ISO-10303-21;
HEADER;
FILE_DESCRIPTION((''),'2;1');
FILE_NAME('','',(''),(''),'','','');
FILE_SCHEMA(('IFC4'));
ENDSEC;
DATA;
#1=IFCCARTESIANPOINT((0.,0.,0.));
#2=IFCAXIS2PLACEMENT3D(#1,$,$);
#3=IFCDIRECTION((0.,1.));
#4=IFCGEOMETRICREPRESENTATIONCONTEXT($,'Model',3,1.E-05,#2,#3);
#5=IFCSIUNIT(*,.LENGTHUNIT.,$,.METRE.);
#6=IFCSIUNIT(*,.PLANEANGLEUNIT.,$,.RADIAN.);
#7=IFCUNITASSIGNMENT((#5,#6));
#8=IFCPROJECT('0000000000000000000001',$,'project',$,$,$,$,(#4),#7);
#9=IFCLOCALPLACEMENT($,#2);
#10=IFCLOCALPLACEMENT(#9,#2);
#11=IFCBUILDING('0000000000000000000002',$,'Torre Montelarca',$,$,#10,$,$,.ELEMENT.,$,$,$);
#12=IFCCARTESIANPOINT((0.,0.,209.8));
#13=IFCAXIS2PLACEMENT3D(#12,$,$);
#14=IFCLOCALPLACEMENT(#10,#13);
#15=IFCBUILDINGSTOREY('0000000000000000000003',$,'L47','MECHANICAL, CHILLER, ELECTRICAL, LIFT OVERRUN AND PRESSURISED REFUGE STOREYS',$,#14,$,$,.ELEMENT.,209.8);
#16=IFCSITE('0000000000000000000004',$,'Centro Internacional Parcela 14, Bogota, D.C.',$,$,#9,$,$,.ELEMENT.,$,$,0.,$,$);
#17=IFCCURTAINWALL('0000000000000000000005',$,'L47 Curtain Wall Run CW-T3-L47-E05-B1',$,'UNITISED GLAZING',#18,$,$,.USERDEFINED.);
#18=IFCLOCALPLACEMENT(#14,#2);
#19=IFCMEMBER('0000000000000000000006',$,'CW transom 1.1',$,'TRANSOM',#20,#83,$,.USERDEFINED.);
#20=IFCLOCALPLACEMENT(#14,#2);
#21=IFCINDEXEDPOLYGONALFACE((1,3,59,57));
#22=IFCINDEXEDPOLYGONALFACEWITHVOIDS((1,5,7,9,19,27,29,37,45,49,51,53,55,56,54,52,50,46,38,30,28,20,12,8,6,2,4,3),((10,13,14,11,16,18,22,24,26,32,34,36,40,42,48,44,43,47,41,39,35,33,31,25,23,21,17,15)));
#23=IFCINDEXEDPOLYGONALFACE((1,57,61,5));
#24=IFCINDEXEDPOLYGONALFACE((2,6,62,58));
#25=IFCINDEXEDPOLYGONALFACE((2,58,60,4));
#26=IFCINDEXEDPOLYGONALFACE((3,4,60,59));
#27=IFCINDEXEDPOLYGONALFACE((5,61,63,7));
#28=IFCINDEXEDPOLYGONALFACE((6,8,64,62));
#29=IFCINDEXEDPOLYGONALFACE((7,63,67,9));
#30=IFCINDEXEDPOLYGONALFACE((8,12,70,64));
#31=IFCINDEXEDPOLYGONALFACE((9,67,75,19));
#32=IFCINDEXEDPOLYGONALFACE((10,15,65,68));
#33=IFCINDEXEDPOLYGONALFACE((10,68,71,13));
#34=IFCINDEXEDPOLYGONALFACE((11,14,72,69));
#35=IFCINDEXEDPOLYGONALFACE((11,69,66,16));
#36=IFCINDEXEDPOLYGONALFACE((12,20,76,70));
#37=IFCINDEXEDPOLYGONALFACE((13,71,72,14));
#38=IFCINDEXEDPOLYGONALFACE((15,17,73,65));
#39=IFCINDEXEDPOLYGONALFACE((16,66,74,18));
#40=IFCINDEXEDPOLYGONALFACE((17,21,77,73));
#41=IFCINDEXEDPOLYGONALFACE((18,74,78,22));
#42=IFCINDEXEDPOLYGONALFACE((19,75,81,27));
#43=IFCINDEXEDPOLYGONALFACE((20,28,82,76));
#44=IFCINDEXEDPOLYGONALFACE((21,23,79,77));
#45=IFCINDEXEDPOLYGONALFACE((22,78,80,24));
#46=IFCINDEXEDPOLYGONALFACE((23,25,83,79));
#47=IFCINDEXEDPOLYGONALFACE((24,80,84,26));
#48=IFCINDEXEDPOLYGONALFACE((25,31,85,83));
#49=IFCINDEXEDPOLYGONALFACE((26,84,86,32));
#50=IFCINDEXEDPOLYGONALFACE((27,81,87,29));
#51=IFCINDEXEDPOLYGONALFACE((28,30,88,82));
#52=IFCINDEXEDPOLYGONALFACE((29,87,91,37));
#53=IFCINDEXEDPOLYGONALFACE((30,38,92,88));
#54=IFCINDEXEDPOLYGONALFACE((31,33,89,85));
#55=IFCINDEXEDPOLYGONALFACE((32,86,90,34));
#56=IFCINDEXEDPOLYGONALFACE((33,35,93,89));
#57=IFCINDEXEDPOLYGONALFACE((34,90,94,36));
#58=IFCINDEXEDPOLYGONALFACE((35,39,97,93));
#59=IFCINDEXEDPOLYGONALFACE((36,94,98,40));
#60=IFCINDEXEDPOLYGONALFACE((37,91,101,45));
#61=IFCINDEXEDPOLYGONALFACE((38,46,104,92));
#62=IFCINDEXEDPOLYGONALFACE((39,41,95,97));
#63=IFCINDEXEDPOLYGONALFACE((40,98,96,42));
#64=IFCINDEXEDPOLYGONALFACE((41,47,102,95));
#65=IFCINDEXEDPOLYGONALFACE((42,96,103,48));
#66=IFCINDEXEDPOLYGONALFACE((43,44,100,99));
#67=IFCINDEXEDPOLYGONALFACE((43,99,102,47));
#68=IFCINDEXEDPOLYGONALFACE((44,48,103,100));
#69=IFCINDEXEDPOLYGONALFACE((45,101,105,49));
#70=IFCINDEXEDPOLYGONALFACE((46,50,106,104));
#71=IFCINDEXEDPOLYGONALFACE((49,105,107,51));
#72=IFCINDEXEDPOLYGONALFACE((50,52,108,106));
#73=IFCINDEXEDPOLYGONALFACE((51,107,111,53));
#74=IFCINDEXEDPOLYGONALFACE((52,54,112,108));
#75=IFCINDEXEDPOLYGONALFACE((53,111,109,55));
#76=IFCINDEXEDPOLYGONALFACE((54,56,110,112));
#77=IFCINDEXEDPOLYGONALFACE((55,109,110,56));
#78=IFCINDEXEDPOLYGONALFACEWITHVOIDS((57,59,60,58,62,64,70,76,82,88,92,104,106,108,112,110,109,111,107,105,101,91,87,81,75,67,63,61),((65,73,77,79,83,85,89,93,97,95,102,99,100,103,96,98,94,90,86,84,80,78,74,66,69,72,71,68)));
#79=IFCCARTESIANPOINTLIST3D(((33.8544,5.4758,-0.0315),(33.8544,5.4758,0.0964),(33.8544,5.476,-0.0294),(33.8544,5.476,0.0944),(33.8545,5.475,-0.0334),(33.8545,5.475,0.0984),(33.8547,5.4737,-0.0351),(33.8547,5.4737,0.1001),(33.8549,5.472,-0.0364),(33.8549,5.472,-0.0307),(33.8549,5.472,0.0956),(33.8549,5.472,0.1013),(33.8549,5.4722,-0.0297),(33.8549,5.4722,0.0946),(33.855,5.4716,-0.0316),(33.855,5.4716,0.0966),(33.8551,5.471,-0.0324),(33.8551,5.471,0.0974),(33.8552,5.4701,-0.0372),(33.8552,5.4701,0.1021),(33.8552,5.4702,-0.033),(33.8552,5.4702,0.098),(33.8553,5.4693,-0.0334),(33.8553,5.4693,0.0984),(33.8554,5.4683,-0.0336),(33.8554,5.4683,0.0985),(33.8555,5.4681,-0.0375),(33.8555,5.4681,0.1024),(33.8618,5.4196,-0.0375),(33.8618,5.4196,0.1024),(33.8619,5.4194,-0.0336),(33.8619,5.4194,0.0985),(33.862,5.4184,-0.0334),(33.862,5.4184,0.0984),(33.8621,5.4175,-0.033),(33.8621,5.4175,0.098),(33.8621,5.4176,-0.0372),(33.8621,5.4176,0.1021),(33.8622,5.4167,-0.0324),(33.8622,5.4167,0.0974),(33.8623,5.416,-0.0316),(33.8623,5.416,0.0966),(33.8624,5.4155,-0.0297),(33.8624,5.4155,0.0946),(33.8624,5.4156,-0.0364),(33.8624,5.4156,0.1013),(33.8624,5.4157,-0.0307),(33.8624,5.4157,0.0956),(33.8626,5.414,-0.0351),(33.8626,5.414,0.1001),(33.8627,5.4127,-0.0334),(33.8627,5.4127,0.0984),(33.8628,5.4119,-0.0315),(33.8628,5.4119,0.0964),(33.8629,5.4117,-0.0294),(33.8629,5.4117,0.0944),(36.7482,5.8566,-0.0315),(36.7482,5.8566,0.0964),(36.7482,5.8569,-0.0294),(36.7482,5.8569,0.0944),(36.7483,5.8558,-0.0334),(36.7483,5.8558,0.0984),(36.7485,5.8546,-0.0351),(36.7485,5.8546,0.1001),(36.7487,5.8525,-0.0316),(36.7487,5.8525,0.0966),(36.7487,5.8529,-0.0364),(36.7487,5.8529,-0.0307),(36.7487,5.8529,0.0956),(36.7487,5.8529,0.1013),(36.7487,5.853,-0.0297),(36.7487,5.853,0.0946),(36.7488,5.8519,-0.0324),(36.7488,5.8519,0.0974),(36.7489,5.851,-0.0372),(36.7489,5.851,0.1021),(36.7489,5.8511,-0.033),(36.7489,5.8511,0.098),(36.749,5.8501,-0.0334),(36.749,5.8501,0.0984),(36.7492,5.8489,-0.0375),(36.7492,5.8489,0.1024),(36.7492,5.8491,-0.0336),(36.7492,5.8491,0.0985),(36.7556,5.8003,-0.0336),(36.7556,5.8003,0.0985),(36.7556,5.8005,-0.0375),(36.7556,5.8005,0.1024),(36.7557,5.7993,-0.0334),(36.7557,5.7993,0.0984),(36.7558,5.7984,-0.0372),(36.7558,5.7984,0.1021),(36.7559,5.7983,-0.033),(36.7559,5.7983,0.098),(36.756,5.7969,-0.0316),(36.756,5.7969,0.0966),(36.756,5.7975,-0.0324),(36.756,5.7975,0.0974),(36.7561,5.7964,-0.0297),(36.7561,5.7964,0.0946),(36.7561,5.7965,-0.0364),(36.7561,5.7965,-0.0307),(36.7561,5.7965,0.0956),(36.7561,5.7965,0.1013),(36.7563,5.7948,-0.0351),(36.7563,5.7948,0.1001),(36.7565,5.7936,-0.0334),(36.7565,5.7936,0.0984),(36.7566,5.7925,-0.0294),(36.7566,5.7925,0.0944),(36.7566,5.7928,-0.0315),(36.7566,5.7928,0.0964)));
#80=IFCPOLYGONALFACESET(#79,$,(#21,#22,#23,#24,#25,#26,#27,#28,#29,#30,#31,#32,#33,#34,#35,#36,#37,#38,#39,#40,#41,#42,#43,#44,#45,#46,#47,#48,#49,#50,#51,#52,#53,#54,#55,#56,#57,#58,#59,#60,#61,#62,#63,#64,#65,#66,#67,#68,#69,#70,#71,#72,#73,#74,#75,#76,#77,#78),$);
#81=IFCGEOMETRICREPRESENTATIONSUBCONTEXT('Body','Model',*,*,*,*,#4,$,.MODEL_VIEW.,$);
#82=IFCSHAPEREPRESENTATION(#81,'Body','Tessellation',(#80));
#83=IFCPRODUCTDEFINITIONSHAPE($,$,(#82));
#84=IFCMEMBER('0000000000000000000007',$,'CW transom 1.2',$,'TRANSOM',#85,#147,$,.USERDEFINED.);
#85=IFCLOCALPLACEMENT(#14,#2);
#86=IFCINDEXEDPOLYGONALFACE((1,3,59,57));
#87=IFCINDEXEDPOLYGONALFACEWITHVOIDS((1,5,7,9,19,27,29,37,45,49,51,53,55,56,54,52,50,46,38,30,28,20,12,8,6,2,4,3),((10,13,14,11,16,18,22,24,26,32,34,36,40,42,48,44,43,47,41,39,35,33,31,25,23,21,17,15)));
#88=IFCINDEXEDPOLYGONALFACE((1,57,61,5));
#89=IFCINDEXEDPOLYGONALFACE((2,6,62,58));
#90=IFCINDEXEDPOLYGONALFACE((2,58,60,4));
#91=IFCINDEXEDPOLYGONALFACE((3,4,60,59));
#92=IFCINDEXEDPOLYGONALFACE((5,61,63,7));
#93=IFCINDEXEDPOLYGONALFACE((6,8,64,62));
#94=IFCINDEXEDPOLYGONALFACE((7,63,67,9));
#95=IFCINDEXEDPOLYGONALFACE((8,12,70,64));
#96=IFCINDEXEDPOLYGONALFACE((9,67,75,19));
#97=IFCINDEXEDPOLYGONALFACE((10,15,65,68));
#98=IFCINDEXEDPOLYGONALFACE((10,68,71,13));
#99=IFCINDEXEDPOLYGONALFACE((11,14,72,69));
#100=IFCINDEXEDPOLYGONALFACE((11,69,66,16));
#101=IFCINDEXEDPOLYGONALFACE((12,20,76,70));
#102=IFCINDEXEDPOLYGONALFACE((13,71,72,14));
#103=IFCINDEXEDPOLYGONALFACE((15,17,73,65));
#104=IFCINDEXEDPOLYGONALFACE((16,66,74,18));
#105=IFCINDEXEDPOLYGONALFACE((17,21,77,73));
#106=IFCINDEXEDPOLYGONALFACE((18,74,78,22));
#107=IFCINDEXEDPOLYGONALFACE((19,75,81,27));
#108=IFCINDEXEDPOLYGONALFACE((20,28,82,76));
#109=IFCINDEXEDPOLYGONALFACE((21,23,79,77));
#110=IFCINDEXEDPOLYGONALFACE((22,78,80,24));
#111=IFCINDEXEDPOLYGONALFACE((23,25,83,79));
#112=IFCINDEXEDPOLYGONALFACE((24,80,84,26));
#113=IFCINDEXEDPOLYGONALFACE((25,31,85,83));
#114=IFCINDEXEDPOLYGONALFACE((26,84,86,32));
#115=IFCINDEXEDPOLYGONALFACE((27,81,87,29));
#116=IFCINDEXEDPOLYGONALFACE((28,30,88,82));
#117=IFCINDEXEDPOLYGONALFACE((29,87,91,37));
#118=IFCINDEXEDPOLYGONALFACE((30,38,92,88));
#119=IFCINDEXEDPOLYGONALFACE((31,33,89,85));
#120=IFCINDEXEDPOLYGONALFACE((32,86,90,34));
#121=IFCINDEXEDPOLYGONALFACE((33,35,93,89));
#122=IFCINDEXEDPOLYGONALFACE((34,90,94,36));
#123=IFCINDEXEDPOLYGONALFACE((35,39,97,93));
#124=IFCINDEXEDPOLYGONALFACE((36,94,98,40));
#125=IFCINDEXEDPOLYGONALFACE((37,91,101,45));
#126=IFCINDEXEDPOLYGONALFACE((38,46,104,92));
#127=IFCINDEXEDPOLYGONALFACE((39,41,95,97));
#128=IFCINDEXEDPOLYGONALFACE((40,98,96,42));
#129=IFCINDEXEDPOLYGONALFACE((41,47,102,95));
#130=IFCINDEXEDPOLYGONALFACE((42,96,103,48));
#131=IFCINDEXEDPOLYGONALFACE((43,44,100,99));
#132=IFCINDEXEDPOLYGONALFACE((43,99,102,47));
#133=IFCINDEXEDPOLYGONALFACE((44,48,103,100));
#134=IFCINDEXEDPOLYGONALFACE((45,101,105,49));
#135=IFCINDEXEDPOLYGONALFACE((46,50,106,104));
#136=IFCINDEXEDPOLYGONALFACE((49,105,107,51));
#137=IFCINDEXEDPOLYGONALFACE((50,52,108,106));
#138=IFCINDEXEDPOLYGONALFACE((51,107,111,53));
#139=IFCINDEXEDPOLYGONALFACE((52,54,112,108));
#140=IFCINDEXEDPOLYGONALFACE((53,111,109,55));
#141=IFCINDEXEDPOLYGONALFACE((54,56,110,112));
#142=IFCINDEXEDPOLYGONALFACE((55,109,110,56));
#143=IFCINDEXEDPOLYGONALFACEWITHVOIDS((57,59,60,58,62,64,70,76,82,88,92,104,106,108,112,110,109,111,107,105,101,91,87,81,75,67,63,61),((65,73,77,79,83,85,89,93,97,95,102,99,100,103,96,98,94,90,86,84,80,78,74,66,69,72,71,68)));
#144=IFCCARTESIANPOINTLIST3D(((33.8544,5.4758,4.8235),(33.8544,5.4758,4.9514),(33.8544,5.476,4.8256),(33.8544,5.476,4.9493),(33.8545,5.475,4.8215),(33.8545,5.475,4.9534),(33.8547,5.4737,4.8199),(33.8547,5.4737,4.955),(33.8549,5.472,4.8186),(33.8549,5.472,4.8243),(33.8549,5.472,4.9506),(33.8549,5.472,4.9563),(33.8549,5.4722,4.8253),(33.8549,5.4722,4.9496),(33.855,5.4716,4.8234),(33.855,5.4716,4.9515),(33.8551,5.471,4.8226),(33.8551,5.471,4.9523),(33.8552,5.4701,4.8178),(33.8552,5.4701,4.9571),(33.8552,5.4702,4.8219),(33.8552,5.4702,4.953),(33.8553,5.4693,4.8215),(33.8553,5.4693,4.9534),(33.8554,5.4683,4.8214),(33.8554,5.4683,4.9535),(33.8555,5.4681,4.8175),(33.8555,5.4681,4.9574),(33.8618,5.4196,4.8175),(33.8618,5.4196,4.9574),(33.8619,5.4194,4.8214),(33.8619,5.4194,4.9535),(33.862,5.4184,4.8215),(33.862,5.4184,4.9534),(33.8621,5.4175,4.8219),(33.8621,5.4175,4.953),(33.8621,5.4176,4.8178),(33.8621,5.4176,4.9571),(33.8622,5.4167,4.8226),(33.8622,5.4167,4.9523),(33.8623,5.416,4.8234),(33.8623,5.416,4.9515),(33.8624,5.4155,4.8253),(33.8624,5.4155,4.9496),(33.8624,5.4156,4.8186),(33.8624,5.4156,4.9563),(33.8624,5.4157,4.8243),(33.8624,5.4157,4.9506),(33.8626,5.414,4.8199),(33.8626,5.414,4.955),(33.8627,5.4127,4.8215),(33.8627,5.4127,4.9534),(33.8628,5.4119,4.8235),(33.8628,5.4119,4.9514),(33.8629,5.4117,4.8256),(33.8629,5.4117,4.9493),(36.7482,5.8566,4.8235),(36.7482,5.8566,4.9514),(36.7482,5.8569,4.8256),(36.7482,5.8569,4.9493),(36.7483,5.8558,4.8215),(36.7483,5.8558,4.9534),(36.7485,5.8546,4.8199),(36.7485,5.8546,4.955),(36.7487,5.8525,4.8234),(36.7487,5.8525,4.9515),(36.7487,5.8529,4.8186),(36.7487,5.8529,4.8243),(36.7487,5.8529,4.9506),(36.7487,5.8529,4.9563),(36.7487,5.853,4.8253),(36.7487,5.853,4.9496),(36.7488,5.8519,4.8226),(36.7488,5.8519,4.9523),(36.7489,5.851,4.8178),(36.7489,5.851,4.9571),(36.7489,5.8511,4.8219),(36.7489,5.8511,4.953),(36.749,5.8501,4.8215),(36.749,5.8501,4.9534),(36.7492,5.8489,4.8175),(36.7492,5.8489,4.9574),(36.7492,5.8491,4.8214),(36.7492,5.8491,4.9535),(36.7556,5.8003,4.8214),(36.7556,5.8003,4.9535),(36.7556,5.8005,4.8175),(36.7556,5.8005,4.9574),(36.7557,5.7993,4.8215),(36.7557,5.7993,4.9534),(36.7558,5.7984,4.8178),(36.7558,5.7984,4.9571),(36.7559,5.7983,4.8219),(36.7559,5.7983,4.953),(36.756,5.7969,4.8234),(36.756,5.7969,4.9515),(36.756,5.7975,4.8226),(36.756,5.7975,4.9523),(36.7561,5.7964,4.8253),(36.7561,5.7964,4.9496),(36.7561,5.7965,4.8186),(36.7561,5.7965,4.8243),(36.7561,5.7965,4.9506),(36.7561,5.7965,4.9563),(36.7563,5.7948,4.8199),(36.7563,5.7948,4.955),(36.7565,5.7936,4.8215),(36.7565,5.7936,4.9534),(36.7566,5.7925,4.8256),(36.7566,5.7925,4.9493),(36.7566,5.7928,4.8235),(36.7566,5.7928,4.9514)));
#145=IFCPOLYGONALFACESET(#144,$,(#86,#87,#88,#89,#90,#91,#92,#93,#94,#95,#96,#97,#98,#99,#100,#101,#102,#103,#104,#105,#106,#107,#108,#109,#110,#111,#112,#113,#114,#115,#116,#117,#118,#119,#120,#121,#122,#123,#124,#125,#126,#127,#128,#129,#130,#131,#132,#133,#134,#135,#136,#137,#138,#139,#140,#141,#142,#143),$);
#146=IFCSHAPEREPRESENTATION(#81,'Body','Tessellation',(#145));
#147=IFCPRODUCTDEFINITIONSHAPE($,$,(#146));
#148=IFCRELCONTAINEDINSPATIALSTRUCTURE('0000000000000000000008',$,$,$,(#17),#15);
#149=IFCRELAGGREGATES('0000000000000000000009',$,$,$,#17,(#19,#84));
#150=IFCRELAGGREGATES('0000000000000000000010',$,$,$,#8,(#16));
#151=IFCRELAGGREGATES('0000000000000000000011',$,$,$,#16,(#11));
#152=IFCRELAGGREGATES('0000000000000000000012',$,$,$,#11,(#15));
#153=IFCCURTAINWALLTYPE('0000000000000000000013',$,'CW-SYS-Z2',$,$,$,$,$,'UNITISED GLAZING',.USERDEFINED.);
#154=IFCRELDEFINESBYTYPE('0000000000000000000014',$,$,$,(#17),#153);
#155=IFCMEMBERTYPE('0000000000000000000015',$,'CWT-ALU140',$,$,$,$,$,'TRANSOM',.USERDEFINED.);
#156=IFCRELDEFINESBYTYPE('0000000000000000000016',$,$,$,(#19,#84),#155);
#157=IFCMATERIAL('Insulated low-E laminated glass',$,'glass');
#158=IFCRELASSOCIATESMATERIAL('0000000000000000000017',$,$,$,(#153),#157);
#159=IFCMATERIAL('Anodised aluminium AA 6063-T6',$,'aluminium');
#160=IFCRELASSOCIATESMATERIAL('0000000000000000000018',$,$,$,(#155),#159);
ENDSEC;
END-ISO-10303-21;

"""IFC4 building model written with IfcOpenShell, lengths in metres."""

from ifc_helpers import new_model, si_unit, direction, frame, origin, origin_2d, place, context, subcontext, project, spatial, hollow_rectangle, extrude, source, transform, mapped, material, material_profile, profile_set, type_object, element, aggregate, save


model = new_model("IFC4")

# Units and contexts
model_context = context("Model", 3, precision=1e-05, world=origin(), true_north=direction((0.0, 1.0)))
body_context = subcontext(model_context, "Body", "Model", "MODEL_VIEW")
ifc_project = project(units=[si_unit("LENGTHUNIT", "METRE"), si_unit("PLANEANGLEUNIT", "RADIAN")], contexts=[model_context])

# Site, building, storey
site_placement = place(None, origin())
site = spatial("IfcSite", under=ifc_project, at=site_placement, Name="Centro Internacional Parcela 14, Bogota, D.C.", CompositionType="ELEMENT", RefElevation=0.0)
building_placement = place(site_placement, origin())
building = spatial("IfcBuilding", under=site, at=building_placement, Name="Torre Montelarca", CompositionType="ELEMENT")
storey_placement = place(building_placement, frame((0.0, 0.0, 209.8)))
storey = spatial("IfcBuildingStorey", under=building, at=storey_placement, Name="L47", Description="MECHANICAL, CHILLER, ELECTRICAL, LIFT OVERRUN AND PRESSURISED REFUGE STOREYS", CompositionType="ELEMENT", Elevation=209.8)

# Curtain wall, members
ifc_material_1 = material(Name="Insulated low-E laminated glass", Category="glass")
curtain_wall_type = type_object("IfcCurtainWallType", Name="CW-SYS-Z2", ElementType="UNITISED GLAZING", PredefinedType="USERDEFINED", material=ifc_material_1)
curtain_wall_1_placement = place(storey_placement, origin())
curtain_wall_1 = element("IfcCurtainWall", 1, at=curtain_wall_1_placement, inside=storey, type_object=curtain_wall_type, Name="L47 Curtain Wall Run CW-T3-L47-E05-B1", ObjectType="UNITISED GLAZING", PredefinedType="USERDEFINED")
ifc_material_2 = material(Name="Anodised aluminium AA 6063-T6", Category="aluminium")
ifc_material_profile_1 = material_profile(ifc_material_2, hollow_rectangle(XDim=0.0649, YDim=0.1399, WallThickness=0.0039, InnerFilletRadius=0.0039, OuterFilletRadius=0.0081, at=origin_2d()), Name="ALU65X140X4", Category="aluminium")
ifc_profile_set_1 = profile_set([ifc_material_profile_1], Name="Anodised aluminium AA 6063-T6")
member_type_1 = type_object("IfcMemberType", Name="CWT-ALU140", ElementType="TRANSOM", PredefinedType="USERDEFINED", material=ifc_profile_set_1)
shared_shape_1 = source(origin(), body_context, "Body", "SweptSolid", [
    extrude(hollow_rectangle(XDim=0.0649, YDim=0.1399, WallThickness=0.0039, InnerFilletRadius=0.0039, OuterFilletRadius=0.0081, at=origin_2d()), origin(), (0.0, 0.0, 1.0), 2.9187),
])
member_1_placement = place(storey_placement, frame((33.8586, 5.4438, 0.0325), z_axis=(0.99145, 0.130487, 0.0), x_axis=(-0.130487, 0.99145, 0.0)))
member_1 = element("IfcMember", 2, at=member_1_placement, type_object=member_type_1, Name="CW transom 1.1", ObjectType="TRANSOM", PredefinedType="USERDEFINED", context=body_context, shape_type="MappedRepresentation", body=[
    mapped(shared_shape_1, transform((0.0, 0.0, 0.0), scale=1.0)),
])
member_2_placement = place(storey_placement, frame((33.8586, 5.4438, 4.8875), z_axis=(0.99145, 0.130487, 0.0), x_axis=(-0.130487, 0.99145, 0.0)))
member_2 = element("IfcMember", 3, at=member_2_placement, type_object=member_type_1, Name="CW transom 1.2", ObjectType="TRANSOM", PredefinedType="USERDEFINED", context=body_context, shape_type="MappedRepresentation", body=[
    mapped(shared_shape_1, transform((0.0, 0.0, 0.0), scale=1.0)),
])

aggregate(curtain_wall_1, [member_1, member_2])

save(model, "model.ifc")
